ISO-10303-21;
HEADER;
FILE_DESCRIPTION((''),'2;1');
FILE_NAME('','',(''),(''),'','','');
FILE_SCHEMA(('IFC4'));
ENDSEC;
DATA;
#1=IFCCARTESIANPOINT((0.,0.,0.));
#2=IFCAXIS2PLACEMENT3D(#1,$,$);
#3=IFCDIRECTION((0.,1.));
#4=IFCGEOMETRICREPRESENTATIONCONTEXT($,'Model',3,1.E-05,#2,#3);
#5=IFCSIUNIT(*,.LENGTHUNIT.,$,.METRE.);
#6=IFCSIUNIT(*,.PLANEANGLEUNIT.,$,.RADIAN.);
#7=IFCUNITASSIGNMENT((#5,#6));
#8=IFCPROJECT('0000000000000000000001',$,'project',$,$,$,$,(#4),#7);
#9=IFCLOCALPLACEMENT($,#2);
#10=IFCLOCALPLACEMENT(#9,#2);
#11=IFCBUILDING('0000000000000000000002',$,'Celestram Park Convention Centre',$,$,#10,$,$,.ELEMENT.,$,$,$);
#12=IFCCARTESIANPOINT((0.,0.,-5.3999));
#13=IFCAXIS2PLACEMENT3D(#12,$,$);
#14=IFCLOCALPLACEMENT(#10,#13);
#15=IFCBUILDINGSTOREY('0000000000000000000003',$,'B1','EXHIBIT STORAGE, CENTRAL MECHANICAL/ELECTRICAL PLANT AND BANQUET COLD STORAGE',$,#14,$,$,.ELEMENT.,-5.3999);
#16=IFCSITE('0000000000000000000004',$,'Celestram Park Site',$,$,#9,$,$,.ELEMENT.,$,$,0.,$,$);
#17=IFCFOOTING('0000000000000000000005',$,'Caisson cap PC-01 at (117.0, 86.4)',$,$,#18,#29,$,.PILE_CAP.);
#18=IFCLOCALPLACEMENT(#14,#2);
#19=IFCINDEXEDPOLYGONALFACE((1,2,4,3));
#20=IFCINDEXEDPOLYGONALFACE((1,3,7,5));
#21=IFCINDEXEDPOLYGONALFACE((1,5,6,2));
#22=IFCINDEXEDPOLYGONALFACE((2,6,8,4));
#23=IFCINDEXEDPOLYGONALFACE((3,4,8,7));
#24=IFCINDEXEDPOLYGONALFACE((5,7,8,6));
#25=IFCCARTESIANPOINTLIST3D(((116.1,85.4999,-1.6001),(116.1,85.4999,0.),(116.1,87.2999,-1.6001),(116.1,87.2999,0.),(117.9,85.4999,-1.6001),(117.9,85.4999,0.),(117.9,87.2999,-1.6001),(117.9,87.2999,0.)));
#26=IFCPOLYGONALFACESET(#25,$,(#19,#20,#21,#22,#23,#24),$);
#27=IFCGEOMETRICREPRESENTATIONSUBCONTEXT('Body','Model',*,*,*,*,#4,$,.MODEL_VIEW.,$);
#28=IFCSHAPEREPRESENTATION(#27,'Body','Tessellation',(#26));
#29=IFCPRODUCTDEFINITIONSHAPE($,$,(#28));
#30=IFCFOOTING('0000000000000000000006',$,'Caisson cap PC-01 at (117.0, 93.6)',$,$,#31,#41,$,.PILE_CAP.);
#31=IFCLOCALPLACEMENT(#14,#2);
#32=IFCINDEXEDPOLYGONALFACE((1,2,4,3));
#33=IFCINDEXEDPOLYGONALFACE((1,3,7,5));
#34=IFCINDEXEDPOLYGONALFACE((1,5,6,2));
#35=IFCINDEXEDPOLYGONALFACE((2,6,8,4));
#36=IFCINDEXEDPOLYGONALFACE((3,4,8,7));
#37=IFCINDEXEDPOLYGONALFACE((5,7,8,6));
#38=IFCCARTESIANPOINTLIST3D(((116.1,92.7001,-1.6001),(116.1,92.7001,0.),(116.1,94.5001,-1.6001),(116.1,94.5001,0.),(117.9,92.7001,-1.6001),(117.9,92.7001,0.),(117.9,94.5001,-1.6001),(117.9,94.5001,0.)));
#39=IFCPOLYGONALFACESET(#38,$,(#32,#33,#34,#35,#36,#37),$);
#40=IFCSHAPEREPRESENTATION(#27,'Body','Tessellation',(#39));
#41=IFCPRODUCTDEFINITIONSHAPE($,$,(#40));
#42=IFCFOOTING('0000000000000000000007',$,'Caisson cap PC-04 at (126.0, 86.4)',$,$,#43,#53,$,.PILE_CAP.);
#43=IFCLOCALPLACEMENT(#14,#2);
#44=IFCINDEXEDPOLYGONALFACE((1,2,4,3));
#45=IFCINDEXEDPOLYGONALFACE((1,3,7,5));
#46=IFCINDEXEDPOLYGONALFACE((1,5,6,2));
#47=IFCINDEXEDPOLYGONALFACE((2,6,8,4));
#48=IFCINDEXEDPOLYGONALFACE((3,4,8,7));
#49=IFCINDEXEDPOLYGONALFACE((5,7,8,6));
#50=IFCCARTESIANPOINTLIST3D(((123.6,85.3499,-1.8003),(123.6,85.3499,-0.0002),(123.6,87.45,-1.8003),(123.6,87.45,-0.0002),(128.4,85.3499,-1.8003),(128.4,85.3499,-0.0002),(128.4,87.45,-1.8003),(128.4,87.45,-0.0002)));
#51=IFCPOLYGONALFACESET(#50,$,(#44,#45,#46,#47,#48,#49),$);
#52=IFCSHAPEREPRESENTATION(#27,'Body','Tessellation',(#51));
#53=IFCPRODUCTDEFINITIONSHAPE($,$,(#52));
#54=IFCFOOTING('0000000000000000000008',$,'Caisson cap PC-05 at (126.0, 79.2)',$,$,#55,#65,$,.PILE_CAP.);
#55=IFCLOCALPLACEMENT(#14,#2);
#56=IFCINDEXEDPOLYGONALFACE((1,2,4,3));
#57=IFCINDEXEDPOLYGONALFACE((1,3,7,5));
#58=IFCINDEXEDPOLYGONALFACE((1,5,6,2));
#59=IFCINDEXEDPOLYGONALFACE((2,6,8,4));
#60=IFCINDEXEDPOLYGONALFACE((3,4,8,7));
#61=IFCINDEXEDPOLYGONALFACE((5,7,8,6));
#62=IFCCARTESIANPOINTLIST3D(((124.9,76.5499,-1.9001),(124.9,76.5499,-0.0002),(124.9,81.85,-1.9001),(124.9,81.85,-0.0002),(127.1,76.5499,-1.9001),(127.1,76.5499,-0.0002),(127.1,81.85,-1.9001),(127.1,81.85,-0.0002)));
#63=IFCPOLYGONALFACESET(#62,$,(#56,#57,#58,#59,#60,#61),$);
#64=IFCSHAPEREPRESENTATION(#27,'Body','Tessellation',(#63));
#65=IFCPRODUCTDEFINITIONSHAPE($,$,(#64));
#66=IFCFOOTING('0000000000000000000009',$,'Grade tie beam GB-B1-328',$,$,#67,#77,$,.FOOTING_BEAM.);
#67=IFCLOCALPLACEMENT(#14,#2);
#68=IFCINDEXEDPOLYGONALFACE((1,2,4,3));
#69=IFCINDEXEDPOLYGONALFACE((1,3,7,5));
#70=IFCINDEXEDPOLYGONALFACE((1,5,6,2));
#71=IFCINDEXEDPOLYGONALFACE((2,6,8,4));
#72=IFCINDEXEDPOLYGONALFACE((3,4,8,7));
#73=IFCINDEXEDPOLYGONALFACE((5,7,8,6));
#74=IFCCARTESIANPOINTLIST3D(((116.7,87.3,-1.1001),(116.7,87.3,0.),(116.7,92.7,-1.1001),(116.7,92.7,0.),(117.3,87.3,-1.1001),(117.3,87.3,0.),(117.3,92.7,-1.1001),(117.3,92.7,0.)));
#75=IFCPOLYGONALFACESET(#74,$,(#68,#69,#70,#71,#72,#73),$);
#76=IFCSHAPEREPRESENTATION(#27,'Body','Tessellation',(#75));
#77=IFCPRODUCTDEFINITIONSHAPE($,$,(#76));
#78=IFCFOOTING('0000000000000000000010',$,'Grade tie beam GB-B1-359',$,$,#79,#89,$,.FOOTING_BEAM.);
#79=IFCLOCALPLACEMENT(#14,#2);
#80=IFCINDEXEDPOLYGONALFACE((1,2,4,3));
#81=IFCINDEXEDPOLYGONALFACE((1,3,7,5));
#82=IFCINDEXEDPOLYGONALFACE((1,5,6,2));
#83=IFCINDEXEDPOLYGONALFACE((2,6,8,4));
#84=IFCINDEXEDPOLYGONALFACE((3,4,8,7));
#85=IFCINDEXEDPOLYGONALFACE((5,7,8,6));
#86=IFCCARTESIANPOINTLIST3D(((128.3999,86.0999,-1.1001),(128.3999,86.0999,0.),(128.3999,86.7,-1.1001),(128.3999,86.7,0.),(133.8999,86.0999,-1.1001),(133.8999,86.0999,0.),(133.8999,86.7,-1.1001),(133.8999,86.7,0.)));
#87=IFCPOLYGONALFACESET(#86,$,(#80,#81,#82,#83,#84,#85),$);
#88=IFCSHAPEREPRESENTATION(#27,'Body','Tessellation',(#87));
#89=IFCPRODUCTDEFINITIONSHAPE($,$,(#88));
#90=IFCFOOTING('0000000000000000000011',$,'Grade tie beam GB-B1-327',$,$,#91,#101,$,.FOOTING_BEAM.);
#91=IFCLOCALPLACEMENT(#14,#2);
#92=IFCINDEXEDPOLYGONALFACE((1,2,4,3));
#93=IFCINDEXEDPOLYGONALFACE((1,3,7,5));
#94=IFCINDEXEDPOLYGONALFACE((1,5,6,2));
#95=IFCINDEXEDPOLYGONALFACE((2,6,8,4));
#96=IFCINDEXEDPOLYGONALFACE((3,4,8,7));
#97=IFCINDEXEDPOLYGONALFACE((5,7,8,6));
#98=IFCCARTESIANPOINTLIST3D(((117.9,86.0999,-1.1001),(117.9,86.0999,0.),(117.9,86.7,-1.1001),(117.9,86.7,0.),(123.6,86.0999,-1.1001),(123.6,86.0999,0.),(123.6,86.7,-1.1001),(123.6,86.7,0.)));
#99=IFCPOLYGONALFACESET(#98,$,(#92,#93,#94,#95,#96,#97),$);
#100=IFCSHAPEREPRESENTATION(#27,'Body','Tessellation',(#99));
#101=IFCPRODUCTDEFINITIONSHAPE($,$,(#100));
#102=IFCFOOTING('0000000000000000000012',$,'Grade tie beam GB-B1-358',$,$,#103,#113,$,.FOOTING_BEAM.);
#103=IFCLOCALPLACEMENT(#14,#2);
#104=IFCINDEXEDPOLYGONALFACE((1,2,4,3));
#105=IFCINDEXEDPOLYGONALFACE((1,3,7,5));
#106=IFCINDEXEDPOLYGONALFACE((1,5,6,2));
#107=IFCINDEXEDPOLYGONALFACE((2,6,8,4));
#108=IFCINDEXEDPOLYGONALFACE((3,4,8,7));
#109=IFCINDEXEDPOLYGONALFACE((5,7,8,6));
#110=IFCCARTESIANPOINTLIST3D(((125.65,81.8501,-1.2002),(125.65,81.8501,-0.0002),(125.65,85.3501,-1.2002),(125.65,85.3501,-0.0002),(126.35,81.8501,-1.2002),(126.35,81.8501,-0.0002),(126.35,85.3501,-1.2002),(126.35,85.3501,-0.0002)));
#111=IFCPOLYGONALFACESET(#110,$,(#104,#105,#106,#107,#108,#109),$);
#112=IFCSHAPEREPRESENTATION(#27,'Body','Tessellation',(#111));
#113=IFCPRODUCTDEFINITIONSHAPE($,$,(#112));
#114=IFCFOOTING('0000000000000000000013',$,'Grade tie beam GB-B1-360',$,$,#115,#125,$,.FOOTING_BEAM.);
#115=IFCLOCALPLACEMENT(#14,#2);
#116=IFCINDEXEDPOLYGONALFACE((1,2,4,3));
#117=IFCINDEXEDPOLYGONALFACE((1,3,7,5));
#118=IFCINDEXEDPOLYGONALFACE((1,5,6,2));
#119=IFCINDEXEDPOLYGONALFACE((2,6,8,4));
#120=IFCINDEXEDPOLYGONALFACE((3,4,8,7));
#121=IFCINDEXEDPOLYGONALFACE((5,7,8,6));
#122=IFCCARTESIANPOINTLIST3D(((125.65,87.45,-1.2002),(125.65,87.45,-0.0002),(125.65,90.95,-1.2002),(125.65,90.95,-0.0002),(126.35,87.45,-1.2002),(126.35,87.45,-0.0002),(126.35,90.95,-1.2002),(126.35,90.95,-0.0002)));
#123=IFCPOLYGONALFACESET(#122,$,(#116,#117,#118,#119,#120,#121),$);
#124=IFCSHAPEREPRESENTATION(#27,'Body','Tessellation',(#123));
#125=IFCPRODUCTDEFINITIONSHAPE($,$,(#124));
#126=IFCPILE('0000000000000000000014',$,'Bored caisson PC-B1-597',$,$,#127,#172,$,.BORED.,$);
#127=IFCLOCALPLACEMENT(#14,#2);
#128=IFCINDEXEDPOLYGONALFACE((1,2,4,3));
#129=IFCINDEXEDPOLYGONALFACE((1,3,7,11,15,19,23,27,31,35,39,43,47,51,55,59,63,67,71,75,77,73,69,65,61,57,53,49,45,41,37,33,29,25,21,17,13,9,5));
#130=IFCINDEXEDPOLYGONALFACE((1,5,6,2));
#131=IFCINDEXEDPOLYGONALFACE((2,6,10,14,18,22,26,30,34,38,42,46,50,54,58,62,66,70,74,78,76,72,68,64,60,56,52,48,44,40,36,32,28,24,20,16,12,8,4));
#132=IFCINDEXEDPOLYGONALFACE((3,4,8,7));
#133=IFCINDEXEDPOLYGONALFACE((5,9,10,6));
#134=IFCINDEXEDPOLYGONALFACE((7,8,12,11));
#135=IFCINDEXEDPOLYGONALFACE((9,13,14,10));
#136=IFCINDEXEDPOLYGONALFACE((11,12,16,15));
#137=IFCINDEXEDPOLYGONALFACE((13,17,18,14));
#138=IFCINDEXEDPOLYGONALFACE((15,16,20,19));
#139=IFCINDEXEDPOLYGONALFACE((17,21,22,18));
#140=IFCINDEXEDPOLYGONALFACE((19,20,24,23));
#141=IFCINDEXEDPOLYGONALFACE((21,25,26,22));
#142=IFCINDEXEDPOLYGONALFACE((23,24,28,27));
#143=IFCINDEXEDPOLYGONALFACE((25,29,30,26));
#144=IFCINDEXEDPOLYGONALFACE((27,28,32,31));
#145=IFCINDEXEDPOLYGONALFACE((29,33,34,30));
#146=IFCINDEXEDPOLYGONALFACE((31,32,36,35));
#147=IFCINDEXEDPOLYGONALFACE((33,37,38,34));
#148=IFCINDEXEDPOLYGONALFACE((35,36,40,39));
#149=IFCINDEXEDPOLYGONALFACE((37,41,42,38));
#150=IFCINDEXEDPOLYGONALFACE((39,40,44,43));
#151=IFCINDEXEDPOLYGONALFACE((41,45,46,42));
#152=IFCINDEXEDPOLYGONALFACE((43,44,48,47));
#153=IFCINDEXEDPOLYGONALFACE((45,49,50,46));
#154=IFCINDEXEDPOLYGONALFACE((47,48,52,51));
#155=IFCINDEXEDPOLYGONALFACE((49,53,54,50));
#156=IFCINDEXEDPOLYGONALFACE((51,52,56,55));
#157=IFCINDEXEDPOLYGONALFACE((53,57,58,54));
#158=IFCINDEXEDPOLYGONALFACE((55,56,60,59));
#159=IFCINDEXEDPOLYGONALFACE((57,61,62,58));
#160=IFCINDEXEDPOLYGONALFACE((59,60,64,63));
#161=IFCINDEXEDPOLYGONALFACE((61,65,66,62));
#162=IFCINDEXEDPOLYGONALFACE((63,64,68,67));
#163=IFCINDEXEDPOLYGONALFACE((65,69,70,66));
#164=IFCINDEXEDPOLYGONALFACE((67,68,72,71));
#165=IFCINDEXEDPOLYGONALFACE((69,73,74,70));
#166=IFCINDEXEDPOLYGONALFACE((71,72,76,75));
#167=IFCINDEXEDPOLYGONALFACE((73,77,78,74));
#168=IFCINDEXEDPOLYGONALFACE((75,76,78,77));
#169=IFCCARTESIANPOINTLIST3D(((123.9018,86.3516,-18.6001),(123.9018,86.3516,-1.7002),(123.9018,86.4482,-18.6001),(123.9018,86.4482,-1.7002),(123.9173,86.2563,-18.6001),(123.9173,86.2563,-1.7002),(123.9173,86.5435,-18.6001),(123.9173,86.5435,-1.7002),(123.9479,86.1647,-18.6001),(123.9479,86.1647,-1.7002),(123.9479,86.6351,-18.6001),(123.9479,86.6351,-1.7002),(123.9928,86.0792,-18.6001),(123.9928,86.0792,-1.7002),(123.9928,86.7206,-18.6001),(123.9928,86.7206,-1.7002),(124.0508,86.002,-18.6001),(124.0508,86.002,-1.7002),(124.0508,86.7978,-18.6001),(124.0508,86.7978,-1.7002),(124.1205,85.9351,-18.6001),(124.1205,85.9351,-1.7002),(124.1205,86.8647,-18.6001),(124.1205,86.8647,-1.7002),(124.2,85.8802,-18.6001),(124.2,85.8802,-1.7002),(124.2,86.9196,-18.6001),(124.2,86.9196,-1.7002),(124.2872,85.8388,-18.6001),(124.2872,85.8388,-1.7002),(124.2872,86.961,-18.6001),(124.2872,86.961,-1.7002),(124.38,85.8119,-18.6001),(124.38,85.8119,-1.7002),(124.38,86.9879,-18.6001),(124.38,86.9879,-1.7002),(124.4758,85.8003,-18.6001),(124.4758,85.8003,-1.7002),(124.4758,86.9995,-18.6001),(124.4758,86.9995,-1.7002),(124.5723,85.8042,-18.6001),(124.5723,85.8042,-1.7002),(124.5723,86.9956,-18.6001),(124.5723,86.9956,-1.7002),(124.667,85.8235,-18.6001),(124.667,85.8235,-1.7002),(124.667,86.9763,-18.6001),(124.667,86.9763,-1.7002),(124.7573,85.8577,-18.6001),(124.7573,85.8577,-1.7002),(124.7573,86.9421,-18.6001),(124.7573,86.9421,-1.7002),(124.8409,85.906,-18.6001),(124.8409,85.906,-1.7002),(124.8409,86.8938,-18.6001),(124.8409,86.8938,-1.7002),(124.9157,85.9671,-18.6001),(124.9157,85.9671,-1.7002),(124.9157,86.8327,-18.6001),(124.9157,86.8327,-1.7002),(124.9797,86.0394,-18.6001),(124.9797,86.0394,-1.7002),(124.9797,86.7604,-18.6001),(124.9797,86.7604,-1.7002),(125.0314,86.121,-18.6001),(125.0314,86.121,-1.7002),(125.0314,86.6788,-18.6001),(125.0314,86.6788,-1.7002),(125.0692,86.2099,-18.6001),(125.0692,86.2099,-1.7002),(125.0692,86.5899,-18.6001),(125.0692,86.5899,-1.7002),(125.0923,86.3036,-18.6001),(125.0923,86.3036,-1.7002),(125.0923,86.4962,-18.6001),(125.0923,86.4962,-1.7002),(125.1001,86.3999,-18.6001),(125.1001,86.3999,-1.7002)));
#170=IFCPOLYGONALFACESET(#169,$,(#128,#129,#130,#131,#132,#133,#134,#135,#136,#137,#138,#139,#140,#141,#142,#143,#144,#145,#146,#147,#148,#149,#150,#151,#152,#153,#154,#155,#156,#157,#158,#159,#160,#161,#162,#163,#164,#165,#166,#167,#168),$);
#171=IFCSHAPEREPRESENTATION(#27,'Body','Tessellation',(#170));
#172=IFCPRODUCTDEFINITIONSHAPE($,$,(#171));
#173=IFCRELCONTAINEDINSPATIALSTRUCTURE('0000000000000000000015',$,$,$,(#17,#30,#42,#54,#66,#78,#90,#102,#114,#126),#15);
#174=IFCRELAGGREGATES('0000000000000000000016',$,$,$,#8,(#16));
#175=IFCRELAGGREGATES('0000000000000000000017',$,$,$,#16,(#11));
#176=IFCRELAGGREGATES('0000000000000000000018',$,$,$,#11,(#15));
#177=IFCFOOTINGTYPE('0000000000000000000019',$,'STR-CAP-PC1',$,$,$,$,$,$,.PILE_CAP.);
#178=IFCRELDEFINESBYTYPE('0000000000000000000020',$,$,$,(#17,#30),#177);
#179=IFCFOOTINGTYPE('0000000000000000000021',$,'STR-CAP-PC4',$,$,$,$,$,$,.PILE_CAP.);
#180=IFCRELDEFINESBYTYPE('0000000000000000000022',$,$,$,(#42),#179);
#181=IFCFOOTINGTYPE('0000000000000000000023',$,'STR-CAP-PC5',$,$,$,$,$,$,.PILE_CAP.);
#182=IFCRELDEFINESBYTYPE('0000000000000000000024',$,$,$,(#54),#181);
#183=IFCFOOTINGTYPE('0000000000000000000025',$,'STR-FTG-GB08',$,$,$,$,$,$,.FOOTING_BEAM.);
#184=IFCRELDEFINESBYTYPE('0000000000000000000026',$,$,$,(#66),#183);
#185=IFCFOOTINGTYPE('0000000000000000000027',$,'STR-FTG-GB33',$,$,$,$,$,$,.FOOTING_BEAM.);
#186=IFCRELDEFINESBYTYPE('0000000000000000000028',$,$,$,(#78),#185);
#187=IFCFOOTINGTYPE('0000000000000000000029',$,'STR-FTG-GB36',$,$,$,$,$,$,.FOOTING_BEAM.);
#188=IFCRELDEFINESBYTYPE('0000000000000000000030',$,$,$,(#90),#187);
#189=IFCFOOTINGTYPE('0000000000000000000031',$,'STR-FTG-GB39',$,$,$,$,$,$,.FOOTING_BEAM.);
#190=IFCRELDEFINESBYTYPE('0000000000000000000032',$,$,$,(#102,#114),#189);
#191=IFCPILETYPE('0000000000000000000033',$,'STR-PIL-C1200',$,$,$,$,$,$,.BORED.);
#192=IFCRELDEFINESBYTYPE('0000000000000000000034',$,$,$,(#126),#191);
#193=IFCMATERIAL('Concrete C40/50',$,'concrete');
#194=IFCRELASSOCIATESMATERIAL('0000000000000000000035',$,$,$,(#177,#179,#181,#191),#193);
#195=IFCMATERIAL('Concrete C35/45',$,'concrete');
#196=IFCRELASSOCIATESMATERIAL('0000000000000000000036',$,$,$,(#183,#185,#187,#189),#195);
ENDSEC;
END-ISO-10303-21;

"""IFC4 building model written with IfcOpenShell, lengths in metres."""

from ifc_helpers import new_model, si_unit, direction, frame, origin, origin_2d, place, context, subcontext, project, spatial, rectangle, circle, extrude, material, material_profile, profile_set, type_object, element, save


model = new_model("IFC4")

# Units and contexts
model_context = context("Model", 3, precision=1e-05, world=origin(), true_north=direction((0.0, 1.0)))
body_context = subcontext(model_context, "Body", "Model", "MODEL_VIEW")
ifc_project = project(units=[si_unit("LENGTHUNIT", "METRE"), si_unit("PLANEANGLEUNIT", "RADIAN")], contexts=[model_context])

# Site, building, storey
site_placement = place(None, origin())
site = spatial("IfcSite", under=ifc_project, at=site_placement, Name="Celestram Park Site", CompositionType="ELEMENT", RefElevation=0.0)
building_placement = place(site_placement, origin())
building = spatial("IfcBuilding", under=site, at=building_placement, Name="Celestram Park Convention Centre", CompositionType="ELEMENT")
storey_placement = place(building_placement, frame((0.0, 0.0, -5.3999)))
storey = spatial("IfcBuildingStorey", under=building, at=storey_placement, Name="B1", Description="EXHIBIT STORAGE, CENTRAL MECHANICAL/ELECTRICAL PLANT AND BANQUET COLD STORAGE", CompositionType="ELEMENT", Elevation=-5.3999)

# Footings
ifc_material_1 = material(Name="Concrete C40/50", Category="concrete")
footing_type_1 = type_object("IfcFootingType", Name="STR-CAP-PC1", PredefinedType="PILE_CAP", material=ifc_material_1)
for number, where, z_axis, x_axis, name in (
    (1, (117.0, 86.3999, -1.6001), (0.0, 0.0, 1.0), (1.0, 0.0, 0.0), "Caisson cap PC-01 at (117.0, 86.4)"),
    (2, (117.0, 93.6001, -1.6001), (0.0, 0.0, 1.0), (1.0, 0.0, 0.0), "Caisson cap PC-01 at (117.0, 93.6)"),
):
    element("IfcFooting", number, at=place(storey_placement, frame(where, z_axis=z_axis, x_axis=x_axis)), inside=storey, type_object=footing_type_1, Name=name, PredefinedType="PILE_CAP", context=body_context, shape_type="SweptSolid", body=[
        extrude(rectangle(XDim=1.8, YDim=1.8, at=origin_2d()), origin(), (0.0, 0.0, 1.0), 1.6001),
    ])
footing_type_2 = type_object("IfcFootingType", Name="STR-CAP-PC4", PredefinedType="PILE_CAP", material=ifc_material_1)
footing_1_placement = place(storey_placement, frame((126.0, 86.3999, -1.8003), z_axis=(0.0, 0.0, 1.0), x_axis=(1.0, 0.0, 0.0)))
element("IfcFooting", 3, at=footing_1_placement, inside=storey, type_object=footing_type_2, Name="Caisson cap PC-04 at (126.0, 86.4)", PredefinedType="PILE_CAP", context=body_context, shape_type="SweptSolid", body=[
    extrude(rectangle(XDim=4.8, YDim=2.1001, at=origin_2d()), origin(), (0.0, 0.0, 1.0), 1.8),
])
footing_type_3 = type_object("IfcFootingType", Name="STR-CAP-PC5", PredefinedType="PILE_CAP", material=ifc_material_1)
footing_2_placement = place(storey_placement, frame((126.0, 79.2, -1.9001), z_axis=(0.0, 0.0, 1.0), x_axis=(1.0, 0.0, 0.0)))
element("IfcFooting", 4, at=footing_2_placement, inside=storey, type_object=footing_type_3, Name="Caisson cap PC-05 at (126.0, 79.2)", PredefinedType="PILE_CAP", context=body_context, shape_type="SweptSolid", body=[
    extrude(rectangle(XDim=2.2, YDim=5.3, at=origin_2d()), origin(), (0.0, 0.0, 1.0), 1.8999),
])
ifc_material_2 = material(Name="Concrete C35/45", Category="concrete")
footing_type_4 = type_object("IfcFootingType", Name="STR-FTG-GB08", PredefinedType="FOOTING_BEAM", material=ifc_material_2)
footing_3_placement = place(storey_placement, frame((117.0, 90.0, -1.1001), z_axis=(0.0, 0.0, 1.0), x_axis=(0.0, 1.0, 0.0)))
element("IfcFooting", 5, at=footing_3_placement, inside=storey, type_object=footing_type_4, Name="Grade tie beam GB-B1-328", PredefinedType="FOOTING_BEAM", context=body_context, shape_type="SweptSolid", body=[
    extrude(rectangle(XDim=5.3999, YDim=0.6001, at=origin_2d()), origin(), (0.0, 0.0, 1.0), 1.1001),
])
footing_type_5 = type_object("IfcFootingType", Name="STR-FTG-GB33", PredefinedType="FOOTING_BEAM", material=ifc_material_2)
footing_4_placement = place(storey_placement, frame((131.1499, 86.3999, -1.1001), z_axis=(0.0, 0.0, 1.0), x_axis=(1.0, 0.0, 0.0)))
element("IfcFooting", 6, at=footing_4_placement, inside=storey, type_object=footing_type_5, Name="Grade tie beam GB-B1-359", PredefinedType="FOOTING_BEAM", context=body_context, shape_type="SweptSolid", body=[
    extrude(rectangle(XDim=5.5, YDim=0.6001, at=origin_2d()), origin(), (0.0, 0.0, 1.0), 1.1001),
])
footing_type_6 = type_object("IfcFootingType", Name="STR-FTG-GB36", PredefinedType="FOOTING_BEAM", material=ifc_material_2)
footing_5_placement = place(storey_placement, frame((120.75, 86.3999, -1.1001), z_axis=(0.0, 0.0, 1.0), x_axis=(1.0, 0.0, 0.0)))
element("IfcFooting", 7, at=footing_5_placement, inside=storey, type_object=footing_type_6, Name="Grade tie beam GB-B1-327", PredefinedType="FOOTING_BEAM", context=body_context, shape_type="SweptSolid", body=[
    extrude(rectangle(XDim=5.7, YDim=0.6001, at=origin_2d()), origin(), (0.0, 0.0, 1.0), 1.1001),
])
footing_type_7 = type_object("IfcFootingType", Name="STR-FTG-GB39", PredefinedType="FOOTING_BEAM", material=ifc_material_2)
for number, where, z_axis, x_axis, name in (
    (8, (126.0, 83.6001, -1.2002), (0.0, 0.0, 1.0), (0.0, 1.0, 0.0), "Grade tie beam GB-B1-358"),
    (9, (126.0, 89.2, -1.2002), (0.0, 0.0, 1.0), (0.0, 1.0, 0.0), "Grade tie beam GB-B1-360"),
):
    element("IfcFooting", number, at=place(storey_placement, frame(where, z_axis=z_axis, x_axis=x_axis)), inside=storey, type_object=footing_type_7, Name=name, PredefinedType="FOOTING_BEAM", context=body_context, shape_type="SweptSolid", body=[
        extrude(rectangle(XDim=3.5, YDim=0.7, at=origin_2d()), origin(), (0.0, 0.0, 1.0), 1.2),
    ])

# Pile
ifc_material_profile_1 = material_profile(ifc_material_1, circle(Radius=0.6001, at=origin_2d()), Name="CAISSON1200")
ifc_profile_set_1 = profile_set([ifc_material_profile_1], Name="Concrete C40/50")
pile_type_1 = type_object("IfcPileType", Name="STR-PIL-C1200", PredefinedType="BORED", material=ifc_profile_set_1)
for number, where, z_axis, x_axis, name in (
    (10, (124.5, 86.3999, -1.7002), (0.0, 0.0, -1.0), (1.0, 0.0, 0.0), "Bored caisson PC-B1-597"),
):
    element("IfcPile", number, at=place(storey_placement, frame(where, z_axis=z_axis, x_axis=x_axis)), inside=storey, type_object=pile_type_1, Name=name, PredefinedType="BORED", context=body_context, shape_type="SweptSolid", body=[
        extrude(circle(Radius=0.6001, at=origin_2d()), origin(), (0.0, 0.0, 1.0), 16.8999),
    ])

save(model, "model.ifc")
